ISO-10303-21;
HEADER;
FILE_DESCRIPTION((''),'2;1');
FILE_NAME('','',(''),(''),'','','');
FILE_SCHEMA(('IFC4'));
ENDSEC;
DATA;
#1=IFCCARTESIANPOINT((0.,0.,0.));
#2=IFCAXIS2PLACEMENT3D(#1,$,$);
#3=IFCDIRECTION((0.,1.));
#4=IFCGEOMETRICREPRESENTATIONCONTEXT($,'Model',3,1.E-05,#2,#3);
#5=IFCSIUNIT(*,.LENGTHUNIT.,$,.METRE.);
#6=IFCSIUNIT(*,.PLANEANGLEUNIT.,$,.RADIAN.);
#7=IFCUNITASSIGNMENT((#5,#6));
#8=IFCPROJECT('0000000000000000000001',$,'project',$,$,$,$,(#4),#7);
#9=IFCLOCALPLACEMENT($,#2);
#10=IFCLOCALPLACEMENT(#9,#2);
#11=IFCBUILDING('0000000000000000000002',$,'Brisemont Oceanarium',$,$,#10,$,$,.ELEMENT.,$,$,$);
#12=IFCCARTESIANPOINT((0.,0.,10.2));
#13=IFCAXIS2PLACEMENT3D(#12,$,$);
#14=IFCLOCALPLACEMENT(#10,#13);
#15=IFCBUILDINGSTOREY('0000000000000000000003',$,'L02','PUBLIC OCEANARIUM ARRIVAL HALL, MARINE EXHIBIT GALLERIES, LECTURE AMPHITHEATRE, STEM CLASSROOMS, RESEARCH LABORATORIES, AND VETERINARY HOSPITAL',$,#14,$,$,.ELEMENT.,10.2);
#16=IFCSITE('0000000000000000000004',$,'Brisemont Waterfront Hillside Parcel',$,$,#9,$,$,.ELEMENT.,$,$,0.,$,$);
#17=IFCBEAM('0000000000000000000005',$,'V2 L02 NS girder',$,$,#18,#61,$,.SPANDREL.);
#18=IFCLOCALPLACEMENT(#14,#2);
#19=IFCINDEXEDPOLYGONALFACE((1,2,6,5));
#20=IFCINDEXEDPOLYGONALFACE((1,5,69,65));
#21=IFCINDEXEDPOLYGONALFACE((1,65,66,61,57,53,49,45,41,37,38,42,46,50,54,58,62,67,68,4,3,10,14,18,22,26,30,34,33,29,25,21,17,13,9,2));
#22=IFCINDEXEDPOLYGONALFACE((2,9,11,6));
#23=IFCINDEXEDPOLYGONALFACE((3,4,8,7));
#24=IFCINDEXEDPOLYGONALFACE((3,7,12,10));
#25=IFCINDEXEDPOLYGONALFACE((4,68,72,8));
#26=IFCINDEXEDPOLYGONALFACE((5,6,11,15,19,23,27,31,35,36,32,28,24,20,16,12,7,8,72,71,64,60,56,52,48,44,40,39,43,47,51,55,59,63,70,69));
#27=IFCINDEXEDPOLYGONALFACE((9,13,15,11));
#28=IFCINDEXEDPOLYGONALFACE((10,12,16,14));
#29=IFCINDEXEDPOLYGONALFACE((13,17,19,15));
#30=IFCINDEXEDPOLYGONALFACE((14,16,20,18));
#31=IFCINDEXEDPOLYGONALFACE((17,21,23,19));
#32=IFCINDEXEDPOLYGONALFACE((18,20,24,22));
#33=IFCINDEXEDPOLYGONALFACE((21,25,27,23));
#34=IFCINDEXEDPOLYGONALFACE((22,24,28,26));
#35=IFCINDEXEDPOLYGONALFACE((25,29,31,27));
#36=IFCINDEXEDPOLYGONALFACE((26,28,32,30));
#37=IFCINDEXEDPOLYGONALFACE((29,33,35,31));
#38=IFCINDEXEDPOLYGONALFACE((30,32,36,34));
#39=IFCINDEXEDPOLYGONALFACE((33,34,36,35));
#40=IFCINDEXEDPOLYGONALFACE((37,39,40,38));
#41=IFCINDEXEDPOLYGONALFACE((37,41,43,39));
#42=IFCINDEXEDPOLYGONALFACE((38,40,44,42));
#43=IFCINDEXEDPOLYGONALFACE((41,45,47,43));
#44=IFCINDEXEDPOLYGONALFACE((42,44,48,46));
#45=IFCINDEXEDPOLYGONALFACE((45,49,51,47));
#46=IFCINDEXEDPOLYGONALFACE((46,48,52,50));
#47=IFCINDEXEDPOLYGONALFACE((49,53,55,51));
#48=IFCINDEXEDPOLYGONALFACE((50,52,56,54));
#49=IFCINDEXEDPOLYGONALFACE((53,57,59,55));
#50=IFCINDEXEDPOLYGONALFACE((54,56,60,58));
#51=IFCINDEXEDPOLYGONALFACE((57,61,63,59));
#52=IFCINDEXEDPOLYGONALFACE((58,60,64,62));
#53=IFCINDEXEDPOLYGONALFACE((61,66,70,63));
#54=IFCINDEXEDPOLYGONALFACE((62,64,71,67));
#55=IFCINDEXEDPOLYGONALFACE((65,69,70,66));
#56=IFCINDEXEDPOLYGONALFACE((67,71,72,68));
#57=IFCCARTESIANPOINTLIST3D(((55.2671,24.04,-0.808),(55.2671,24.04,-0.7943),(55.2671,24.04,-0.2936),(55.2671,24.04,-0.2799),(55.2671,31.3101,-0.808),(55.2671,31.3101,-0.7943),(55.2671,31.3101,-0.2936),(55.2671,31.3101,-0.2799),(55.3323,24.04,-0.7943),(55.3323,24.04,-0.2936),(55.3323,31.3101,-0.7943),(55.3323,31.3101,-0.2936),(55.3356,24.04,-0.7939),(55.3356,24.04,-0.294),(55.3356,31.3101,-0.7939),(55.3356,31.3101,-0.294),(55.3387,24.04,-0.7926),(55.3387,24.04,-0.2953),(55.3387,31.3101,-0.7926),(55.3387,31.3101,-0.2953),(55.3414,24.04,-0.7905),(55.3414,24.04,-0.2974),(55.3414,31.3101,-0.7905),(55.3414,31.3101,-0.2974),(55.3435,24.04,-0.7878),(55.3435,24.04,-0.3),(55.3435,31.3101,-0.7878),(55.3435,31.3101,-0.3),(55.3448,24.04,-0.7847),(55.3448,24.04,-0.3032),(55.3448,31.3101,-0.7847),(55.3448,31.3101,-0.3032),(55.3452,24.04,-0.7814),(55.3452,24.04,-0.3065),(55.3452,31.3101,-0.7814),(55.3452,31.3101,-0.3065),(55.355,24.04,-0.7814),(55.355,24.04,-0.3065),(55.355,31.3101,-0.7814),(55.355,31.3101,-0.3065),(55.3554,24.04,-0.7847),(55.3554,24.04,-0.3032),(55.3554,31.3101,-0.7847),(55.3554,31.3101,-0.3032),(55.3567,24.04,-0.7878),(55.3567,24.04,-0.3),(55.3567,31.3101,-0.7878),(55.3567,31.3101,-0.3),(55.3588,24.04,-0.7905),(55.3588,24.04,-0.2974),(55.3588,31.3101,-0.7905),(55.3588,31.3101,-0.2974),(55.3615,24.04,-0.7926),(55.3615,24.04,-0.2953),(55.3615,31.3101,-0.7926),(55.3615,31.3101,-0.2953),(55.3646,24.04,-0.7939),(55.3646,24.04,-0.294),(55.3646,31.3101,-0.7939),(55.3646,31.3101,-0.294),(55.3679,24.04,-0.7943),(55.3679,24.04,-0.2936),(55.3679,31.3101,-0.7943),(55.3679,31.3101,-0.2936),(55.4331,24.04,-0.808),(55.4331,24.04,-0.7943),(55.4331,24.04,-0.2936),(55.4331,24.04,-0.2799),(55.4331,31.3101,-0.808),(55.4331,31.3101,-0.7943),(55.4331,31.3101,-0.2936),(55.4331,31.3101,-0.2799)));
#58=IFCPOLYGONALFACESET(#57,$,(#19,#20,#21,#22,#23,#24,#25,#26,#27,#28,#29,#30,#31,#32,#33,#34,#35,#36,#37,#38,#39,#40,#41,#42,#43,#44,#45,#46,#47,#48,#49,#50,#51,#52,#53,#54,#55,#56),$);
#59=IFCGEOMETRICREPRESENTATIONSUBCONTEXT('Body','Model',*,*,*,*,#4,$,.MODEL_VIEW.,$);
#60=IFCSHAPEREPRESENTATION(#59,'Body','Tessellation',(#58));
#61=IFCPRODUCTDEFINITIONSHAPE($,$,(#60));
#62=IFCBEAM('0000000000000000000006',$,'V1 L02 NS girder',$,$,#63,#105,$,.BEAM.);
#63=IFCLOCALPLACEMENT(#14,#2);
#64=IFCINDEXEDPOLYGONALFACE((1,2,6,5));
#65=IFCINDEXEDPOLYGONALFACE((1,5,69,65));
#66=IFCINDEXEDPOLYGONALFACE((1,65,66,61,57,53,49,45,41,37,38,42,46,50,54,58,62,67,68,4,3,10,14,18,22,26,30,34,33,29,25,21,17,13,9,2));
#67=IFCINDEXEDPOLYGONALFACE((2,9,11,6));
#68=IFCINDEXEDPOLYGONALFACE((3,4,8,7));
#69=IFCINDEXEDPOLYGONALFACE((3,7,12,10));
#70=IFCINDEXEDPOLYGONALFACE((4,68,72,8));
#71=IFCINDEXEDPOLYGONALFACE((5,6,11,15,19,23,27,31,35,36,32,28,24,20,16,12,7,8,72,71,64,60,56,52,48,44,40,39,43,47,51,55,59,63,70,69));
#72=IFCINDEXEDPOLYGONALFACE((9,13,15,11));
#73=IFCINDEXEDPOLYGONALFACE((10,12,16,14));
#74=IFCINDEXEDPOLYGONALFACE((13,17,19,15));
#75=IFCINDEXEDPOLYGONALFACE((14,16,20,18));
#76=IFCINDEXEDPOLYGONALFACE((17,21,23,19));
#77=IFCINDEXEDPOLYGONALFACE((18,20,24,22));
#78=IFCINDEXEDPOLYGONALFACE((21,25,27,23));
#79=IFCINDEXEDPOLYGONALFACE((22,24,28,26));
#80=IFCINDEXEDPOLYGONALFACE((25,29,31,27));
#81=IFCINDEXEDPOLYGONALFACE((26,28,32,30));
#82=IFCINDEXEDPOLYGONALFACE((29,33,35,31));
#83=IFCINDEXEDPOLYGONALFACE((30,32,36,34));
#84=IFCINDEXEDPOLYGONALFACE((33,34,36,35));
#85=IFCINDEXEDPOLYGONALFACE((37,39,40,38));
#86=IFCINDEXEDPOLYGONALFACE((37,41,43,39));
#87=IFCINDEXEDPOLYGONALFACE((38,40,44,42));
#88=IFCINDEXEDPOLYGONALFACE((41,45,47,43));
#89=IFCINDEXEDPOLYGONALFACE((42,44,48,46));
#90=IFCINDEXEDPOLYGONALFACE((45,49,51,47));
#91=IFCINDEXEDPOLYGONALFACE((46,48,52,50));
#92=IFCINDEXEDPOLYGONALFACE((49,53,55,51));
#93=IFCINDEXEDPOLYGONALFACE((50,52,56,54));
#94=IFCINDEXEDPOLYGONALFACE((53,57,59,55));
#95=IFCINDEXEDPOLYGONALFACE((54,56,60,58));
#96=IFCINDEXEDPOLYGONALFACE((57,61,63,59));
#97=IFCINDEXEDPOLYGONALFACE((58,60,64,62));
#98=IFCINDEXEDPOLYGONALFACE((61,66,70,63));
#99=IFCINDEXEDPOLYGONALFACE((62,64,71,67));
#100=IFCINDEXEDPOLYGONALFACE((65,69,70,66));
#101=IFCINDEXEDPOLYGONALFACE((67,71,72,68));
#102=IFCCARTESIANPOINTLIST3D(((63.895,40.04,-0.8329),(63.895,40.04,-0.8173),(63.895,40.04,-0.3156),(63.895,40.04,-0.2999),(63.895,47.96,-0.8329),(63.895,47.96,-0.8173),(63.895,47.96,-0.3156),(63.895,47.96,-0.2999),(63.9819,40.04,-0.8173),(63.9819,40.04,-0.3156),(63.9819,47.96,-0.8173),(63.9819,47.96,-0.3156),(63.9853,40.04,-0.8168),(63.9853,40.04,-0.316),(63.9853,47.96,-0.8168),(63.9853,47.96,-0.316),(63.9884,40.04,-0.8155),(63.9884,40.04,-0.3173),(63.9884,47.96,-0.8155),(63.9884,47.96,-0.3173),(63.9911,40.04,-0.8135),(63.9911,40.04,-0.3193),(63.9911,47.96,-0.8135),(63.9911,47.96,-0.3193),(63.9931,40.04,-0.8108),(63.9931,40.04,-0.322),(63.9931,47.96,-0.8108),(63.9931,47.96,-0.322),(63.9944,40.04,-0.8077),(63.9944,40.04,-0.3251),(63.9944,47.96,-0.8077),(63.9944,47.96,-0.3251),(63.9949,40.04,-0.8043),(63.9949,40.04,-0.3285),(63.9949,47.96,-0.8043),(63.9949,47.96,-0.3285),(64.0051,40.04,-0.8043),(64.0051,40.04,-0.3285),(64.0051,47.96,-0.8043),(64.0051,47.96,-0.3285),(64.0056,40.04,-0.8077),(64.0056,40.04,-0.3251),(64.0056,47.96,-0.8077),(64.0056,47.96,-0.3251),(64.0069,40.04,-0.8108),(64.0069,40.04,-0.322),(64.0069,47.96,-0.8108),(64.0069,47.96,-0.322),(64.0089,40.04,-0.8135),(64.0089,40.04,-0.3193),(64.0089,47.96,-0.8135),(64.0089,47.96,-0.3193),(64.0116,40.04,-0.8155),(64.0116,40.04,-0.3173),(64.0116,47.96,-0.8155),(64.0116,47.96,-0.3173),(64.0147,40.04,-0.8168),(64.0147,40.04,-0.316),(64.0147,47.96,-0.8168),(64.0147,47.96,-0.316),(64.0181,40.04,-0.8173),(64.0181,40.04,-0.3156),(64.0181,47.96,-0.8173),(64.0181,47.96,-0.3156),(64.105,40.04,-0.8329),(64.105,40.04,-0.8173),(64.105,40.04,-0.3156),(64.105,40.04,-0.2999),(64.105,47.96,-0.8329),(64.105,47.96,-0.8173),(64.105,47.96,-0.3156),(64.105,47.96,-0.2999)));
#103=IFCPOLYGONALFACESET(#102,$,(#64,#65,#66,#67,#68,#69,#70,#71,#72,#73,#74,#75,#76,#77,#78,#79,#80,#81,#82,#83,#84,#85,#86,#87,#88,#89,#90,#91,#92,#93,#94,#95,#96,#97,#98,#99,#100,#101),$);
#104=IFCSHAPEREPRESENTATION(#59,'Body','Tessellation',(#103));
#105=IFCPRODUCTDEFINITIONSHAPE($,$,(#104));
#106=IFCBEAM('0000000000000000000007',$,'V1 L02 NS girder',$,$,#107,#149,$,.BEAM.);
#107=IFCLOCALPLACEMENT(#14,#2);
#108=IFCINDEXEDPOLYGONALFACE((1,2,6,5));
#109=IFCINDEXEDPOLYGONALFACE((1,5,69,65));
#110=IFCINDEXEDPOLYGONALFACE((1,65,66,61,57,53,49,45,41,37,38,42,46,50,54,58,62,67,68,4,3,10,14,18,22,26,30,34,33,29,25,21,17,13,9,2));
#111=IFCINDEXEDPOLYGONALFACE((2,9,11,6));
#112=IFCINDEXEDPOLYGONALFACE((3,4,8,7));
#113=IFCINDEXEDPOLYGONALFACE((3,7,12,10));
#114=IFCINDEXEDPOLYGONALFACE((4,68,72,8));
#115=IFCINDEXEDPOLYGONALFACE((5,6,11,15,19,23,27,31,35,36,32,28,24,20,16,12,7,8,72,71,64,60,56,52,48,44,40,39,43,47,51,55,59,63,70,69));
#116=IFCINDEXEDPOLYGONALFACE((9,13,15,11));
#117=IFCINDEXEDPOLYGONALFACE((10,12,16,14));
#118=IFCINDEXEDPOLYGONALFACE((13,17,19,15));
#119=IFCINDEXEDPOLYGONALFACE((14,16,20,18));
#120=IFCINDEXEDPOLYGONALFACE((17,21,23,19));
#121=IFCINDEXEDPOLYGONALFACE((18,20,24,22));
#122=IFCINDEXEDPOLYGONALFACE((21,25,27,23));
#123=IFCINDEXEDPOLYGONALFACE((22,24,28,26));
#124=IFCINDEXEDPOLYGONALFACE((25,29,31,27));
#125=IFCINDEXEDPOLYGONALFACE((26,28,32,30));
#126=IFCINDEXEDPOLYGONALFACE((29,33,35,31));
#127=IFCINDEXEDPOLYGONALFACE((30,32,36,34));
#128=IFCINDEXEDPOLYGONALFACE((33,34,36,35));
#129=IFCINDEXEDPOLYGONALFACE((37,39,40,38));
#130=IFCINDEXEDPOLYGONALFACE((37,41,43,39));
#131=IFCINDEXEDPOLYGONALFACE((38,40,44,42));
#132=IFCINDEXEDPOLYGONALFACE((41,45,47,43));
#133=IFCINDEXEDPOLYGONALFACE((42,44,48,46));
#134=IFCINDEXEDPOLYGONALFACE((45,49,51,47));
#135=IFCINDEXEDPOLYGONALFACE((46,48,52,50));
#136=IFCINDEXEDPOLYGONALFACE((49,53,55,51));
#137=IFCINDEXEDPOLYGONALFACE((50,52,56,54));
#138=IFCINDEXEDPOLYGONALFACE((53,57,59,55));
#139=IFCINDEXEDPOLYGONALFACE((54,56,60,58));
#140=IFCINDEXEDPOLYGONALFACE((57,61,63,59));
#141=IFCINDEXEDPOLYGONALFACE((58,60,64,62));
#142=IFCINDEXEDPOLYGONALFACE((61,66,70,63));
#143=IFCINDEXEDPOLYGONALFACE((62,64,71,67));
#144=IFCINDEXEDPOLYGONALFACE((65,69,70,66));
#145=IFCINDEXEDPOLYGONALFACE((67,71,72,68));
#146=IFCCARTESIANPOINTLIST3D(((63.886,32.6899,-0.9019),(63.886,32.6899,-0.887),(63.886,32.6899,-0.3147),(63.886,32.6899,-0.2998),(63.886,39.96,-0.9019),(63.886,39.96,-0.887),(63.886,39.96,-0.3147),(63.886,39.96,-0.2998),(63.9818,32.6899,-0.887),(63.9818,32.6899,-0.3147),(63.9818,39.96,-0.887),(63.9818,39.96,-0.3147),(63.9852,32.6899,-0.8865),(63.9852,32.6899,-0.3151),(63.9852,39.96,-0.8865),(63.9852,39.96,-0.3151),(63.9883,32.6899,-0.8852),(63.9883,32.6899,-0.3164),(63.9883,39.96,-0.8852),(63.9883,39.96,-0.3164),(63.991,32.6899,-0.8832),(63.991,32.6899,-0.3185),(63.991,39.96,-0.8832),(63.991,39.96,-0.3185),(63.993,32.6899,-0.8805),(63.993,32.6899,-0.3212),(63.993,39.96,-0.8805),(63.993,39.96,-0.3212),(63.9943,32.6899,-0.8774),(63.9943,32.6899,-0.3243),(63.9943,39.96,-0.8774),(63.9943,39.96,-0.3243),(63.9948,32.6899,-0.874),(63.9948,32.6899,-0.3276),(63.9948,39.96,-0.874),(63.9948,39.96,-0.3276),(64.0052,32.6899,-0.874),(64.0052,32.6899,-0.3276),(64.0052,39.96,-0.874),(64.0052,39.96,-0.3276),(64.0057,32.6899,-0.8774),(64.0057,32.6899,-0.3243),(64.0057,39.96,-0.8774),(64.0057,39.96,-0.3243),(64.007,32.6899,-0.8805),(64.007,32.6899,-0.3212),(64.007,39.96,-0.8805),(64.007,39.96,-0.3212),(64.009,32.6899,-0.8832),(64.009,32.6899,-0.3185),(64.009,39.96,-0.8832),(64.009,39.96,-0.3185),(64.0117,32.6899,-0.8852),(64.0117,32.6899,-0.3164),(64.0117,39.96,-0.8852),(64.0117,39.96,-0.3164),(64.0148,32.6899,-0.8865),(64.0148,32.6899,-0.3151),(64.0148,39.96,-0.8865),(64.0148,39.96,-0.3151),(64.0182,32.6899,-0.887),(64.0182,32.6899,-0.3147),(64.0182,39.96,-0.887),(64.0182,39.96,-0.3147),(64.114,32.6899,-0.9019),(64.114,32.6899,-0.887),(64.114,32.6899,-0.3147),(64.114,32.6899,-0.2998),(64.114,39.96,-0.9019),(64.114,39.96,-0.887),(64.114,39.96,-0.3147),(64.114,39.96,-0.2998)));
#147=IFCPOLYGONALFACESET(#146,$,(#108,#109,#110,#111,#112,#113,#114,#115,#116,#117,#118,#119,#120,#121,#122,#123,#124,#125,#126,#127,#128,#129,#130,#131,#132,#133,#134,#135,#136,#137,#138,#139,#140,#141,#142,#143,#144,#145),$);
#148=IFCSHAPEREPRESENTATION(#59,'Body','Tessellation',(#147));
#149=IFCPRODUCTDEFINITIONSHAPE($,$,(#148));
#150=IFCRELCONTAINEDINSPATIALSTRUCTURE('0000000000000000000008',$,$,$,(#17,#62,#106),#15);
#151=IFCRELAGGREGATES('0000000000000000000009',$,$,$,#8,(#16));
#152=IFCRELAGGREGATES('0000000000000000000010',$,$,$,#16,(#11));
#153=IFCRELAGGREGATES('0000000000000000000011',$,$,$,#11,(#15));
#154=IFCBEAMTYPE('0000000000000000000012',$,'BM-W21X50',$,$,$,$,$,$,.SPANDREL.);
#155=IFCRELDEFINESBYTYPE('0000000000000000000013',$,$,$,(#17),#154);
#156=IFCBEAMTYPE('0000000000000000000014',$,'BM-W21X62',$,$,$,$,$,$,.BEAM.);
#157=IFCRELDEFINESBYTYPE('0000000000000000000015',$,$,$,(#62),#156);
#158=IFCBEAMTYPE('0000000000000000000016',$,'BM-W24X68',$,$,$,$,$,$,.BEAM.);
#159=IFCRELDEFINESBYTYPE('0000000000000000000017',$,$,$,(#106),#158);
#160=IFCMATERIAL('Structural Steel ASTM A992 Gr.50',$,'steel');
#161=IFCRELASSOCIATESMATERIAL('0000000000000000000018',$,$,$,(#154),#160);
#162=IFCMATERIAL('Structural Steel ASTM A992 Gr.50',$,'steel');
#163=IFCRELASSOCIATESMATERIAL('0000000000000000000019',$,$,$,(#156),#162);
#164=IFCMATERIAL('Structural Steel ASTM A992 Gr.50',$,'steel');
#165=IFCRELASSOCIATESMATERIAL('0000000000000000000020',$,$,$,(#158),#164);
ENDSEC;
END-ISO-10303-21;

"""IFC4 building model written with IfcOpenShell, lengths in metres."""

from ifc_helpers import new_model, si_unit, direction, frame, origin, origin_2d, place, context, subcontext, project, spatial, i_section, extrude, material, material_profile, profile_set, type_object, element, save


model = new_model("IFC4")

# Units and contexts
model_context = context("Model", 3, precision=1e-05, world=origin(), true_north=direction((0.0, 1.0)))
body_context = subcontext(model_context, "Body", "Model", "MODEL_VIEW")
ifc_project = project(units=[si_unit("LENGTHUNIT", "METRE"), si_unit("PLANEANGLEUNIT", "RADIAN")], contexts=[model_context])

# Site, building, storey
site_placement = place(None, origin())
site = spatial("IfcSite", under=ifc_project, at=site_placement, Name="Brisemont Waterfront Hillside Parcel", CompositionType="ELEMENT", RefElevation=0.0)
building_placement = place(site_placement, origin())
building = spatial("IfcBuilding", under=site, at=building_placement, Name="Brisemont Oceanarium", CompositionType="ELEMENT")
storey_placement = place(building_placement, frame((0.0, 0.0, 10.2)))
storey = spatial("IfcBuildingStorey", under=building, at=storey_placement, Name="L02", Description="PUBLIC OCEANARIUM ARRIVAL HALL, MARINE EXHIBIT GALLERIES, LECTURE AMPHITHEATRE, STEM CLASSROOMS, RESEARCH LABORATORIES, AND VETERINARY HOSPITAL", CompositionType="ELEMENT", Elevation=10.2)

# Beams
ifc_material_1 = material(Name="Structural Steel ASTM A992 Gr.50", Category="steel")
ifc_material_profile_1 = material_profile(ifc_material_1, i_section(OverallWidth=0.166, OverallDepth=0.5281, WebThickness=0.0098, FlangeThickness=0.0137, FilletRadius=0.0129, at=origin_2d()), Name="W21X50")
ifc_profile_set_1 = profile_set([ifc_material_profile_1], Name="Structural Steel ASTM A992 Gr.50")
beam_type_1 = type_object("IfcBeamType", Name="BM-W21X50", PredefinedType="SPANDREL", material=ifc_profile_set_1)
beam_1_placement = place(storey_placement, frame((55.3501, 24.04, -0.5439), z_axis=(0.0, 1.0, 0.0), x_axis=(-1.0, 0.0, 0.0)))
element("IfcBeam", 1, at=beam_1_placement, inside=storey, type_object=beam_type_1, Name="V2 L02 NS girder", PredefinedType="SPANDREL", context=body_context, shape_type="SweptSolid", body=[
    extrude(i_section(OverallWidth=0.166, OverallDepth=0.5281, WebThickness=0.0098, FlangeThickness=0.0137, FilletRadius=0.0129, at=origin_2d()), origin(), (0.0, 0.0, 1.0), 7.27),
])
ifc_material_2 = material(Name="Structural Steel ASTM A992 Gr.50", Category="steel")
ifc_material_profile_2 = material_profile(ifc_material_2, i_section(OverallWidth=0.21, OverallDepth=0.533, WebThickness=0.0103, FlangeThickness=0.0156, FilletRadius=0.0129, at=origin_2d()), Name="W21X62")
ifc_profile_set_2 = profile_set([ifc_material_profile_2], Name="Structural Steel ASTM A992 Gr.50")
beam_type_2 = type_object("IfcBeamType", Name="BM-W21X62", PredefinedType="BEAM", material=ifc_profile_set_2)
beam_2_placement = place(storey_placement, frame((64.0, 40.04, -0.5664), z_axis=(0.0, 1.0, 0.0), x_axis=(-1.0, 0.0, 0.0)))
element("IfcBeam", 2, at=beam_2_placement, inside=storey, type_object=beam_type_2, Name="V1 L02 NS girder", PredefinedType="BEAM", context=body_context, shape_type="SweptSolid", body=[
    extrude(i_section(OverallWidth=0.21, OverallDepth=0.533, WebThickness=0.0103, FlangeThickness=0.0156, FilletRadius=0.0129, at=origin_2d()), origin(), (0.0, 0.0, 1.0), 7.9199),
])
ifc_material_3 = material(Name="Structural Steel ASTM A992 Gr.50", Category="steel")
ifc_material_profile_3 = material_profile(ifc_material_3, i_section(OverallWidth=0.228, OverallDepth=0.6021, WebThickness=0.0105, FlangeThickness=0.0149, FilletRadius=0.0129, at=origin_2d()), Name="W24X68")
ifc_profile_set_3 = profile_set([ifc_material_profile_3], Name="Structural Steel ASTM A992 Gr.50")
beam_type_3 = type_object("IfcBeamType", Name="BM-W24X68", PredefinedType="BEAM", material=ifc_profile_set_3)
beam_3_placement = place(storey_placement, frame((64.0, 32.6899, -0.6008), z_axis=(0.0, 1.0, 0.0), x_axis=(-1.0, 0.0, 0.0)))
element("IfcBeam", 3, at=beam_3_placement, inside=storey, type_object=beam_type_3, Name="V1 L02 NS girder", PredefinedType="BEAM", context=body_context, shape_type="SweptSolid", body=[
    extrude(i_section(OverallWidth=0.228, OverallDepth=0.6021, WebThickness=0.0105, FlangeThickness=0.0149, FilletRadius=0.0129, at=origin_2d()), origin(), (0.0, 0.0, 1.0), 7.27),
])

save(model, "model.ifc")
